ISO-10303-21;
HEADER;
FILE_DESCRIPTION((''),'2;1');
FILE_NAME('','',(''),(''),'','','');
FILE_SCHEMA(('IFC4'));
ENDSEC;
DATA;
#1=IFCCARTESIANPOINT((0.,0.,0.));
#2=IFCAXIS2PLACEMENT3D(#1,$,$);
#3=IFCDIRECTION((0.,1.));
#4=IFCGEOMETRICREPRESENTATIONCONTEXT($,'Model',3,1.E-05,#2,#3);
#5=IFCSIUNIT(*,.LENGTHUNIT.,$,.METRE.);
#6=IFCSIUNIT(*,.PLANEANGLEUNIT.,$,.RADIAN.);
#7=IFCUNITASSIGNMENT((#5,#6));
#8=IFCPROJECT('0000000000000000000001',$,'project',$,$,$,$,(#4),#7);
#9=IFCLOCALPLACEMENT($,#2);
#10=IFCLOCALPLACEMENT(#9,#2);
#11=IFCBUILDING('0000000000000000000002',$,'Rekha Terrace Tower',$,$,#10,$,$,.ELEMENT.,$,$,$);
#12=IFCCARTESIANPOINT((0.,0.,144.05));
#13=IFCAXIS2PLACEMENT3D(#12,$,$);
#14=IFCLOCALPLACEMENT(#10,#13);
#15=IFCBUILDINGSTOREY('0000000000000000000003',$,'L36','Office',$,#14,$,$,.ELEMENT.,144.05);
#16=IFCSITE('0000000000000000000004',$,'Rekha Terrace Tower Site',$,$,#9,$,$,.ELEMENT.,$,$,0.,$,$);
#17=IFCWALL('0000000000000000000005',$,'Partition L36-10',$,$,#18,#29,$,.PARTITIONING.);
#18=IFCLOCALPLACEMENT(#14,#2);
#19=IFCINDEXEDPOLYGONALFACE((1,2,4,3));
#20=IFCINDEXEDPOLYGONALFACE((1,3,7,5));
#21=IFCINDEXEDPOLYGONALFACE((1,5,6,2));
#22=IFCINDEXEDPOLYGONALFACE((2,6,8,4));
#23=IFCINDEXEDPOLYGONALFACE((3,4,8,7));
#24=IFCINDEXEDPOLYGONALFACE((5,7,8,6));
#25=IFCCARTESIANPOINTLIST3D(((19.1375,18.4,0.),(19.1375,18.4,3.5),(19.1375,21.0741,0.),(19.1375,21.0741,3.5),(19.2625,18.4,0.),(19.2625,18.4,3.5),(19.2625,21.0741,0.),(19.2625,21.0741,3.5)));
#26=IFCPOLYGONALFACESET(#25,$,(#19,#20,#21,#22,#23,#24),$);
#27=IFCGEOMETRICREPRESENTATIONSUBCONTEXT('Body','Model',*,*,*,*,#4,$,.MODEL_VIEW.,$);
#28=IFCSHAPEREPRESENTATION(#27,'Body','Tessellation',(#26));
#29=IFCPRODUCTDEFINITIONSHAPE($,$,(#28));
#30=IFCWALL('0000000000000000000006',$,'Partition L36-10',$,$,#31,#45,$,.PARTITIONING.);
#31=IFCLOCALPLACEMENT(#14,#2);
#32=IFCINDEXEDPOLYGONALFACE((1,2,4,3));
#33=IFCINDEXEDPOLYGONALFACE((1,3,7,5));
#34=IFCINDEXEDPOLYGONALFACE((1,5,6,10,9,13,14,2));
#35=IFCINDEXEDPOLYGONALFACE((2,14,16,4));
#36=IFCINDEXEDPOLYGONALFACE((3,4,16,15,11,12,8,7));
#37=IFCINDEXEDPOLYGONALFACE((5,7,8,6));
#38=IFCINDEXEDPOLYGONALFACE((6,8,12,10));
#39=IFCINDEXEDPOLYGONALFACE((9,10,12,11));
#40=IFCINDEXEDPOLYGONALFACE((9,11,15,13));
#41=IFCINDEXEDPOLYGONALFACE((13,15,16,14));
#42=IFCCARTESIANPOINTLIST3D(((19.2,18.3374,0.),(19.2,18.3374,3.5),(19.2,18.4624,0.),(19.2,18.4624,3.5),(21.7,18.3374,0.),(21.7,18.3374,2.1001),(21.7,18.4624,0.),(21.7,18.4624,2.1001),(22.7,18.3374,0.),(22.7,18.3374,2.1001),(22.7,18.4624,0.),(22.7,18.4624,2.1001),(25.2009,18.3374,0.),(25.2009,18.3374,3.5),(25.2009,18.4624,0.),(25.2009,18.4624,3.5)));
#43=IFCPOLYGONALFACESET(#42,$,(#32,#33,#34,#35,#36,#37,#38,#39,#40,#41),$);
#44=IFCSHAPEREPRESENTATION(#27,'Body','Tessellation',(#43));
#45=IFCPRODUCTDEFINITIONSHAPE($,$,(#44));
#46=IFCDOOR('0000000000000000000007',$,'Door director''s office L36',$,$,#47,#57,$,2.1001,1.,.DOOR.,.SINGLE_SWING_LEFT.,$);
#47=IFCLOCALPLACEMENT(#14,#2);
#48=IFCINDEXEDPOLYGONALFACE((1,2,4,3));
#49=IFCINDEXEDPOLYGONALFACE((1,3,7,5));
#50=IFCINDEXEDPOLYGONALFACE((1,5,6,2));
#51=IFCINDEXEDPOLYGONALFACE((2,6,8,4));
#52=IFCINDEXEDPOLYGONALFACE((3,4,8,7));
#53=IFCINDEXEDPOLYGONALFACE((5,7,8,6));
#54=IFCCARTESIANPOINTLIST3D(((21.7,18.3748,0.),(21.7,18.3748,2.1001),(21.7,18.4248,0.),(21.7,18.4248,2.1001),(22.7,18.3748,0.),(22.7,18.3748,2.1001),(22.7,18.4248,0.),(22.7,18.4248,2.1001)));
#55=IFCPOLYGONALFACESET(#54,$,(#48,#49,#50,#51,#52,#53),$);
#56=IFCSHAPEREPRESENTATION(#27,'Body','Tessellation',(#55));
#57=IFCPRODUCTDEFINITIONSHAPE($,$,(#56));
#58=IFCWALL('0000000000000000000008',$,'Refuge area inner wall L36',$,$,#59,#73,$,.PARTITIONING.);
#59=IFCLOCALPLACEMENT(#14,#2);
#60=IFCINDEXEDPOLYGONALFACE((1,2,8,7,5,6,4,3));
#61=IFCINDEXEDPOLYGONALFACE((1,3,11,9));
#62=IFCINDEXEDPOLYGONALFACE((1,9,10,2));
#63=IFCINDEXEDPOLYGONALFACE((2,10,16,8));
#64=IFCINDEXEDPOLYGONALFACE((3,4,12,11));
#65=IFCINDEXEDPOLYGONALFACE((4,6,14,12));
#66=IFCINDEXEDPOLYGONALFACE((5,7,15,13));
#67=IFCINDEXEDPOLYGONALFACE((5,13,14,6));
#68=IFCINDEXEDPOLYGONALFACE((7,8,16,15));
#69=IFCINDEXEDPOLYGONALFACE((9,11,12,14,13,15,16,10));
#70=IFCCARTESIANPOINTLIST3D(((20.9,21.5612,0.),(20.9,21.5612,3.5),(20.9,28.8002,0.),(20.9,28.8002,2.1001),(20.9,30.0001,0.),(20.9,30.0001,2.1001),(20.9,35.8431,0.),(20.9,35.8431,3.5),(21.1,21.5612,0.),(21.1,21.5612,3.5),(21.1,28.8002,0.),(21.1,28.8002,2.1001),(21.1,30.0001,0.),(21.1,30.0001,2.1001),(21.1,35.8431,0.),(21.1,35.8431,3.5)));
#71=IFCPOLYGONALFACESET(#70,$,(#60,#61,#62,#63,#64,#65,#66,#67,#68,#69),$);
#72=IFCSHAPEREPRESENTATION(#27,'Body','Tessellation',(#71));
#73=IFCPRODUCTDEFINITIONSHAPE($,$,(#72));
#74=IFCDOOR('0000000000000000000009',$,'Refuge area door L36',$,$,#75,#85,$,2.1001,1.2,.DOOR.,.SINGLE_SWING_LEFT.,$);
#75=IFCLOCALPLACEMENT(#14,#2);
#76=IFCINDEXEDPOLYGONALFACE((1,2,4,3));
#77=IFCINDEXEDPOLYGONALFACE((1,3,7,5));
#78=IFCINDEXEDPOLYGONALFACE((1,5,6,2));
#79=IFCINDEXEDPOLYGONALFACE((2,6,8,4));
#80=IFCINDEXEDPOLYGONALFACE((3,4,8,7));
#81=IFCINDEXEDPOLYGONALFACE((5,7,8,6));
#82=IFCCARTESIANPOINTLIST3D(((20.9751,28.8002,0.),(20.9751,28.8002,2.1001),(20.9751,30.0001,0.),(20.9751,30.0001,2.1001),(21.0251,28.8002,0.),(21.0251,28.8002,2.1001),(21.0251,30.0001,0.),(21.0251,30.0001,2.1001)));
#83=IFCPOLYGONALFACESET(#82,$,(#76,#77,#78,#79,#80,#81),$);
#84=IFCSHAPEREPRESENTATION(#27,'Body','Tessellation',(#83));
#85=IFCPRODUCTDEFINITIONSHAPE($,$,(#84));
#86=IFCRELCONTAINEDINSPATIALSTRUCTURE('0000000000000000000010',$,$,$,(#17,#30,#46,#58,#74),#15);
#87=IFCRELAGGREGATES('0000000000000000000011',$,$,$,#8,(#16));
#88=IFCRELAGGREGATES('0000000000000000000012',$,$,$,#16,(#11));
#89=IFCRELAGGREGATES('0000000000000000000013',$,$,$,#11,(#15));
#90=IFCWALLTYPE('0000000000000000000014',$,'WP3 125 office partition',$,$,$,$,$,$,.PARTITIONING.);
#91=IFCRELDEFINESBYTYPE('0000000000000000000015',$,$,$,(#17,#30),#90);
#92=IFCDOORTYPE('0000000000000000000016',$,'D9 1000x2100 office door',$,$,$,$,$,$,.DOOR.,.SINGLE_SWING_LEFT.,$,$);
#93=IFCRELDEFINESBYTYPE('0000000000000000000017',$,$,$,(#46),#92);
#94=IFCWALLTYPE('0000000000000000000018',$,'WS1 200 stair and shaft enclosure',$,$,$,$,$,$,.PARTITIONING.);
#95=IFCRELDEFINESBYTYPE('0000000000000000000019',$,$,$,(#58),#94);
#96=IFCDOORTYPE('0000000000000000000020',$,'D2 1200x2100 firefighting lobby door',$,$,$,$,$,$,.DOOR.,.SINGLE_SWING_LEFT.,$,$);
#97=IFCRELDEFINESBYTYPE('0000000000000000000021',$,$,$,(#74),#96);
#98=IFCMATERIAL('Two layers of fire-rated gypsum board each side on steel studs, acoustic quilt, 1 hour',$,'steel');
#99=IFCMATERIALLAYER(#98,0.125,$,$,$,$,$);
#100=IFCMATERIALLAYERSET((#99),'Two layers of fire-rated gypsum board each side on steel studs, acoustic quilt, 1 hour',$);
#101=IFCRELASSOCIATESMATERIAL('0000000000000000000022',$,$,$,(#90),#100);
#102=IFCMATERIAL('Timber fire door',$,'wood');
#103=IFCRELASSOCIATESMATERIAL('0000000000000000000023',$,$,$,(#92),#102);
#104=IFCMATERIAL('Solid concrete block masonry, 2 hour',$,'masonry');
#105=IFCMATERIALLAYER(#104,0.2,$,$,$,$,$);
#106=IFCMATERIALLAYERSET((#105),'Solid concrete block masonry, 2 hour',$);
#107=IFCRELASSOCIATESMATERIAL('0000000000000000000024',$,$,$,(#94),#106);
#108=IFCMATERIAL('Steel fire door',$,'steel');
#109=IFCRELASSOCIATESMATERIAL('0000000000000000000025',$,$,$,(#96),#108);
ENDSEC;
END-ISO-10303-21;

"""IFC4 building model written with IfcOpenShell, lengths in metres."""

from ifc_helpers import new_model, si_unit, direction, frame, frame_2d, origin, place, context, subcontext, project, spatial, rectangle, extrude, material, layer, layer_set, type_object, element, fill, save


model = new_model("IFC4")

# Units and contexts
model_context = context("Model", 3, precision=1e-05, world=origin(), true_north=direction((0.0, 1.0)))
body_context = subcontext(model_context, "Body", "Model", "MODEL_VIEW")
ifc_project = project(units=[si_unit("LENGTHUNIT", "METRE"), si_unit("PLANEANGLEUNIT", "RADIAN")], contexts=[model_context])

# Site, building, storey
site_placement = place(None, origin())
site = spatial("IfcSite", under=ifc_project, at=site_placement, Name="Rekha Terrace Tower Site", CompositionType="ELEMENT", RefElevation=0.0)
building_placement = place(site_placement, origin())
building = spatial("IfcBuilding", under=site, at=building_placement, Name="Rekha Terrace Tower", CompositionType="ELEMENT")
storey_placement = place(building_placement, frame((0.0, 0.0, 144.05)))
storey = spatial("IfcBuildingStorey", under=building, at=storey_placement, Name="L36", Description="Office", CompositionType="ELEMENT", Elevation=144.05)

# Wall
ifc_material_1 = material(Name="Two layers of fire-rated gypsum board each side on steel studs, acoustic quilt, 1 hour", Category="steel")
ifc_layer_1 = layer(ifc_material_1, 0.125)
ifc_layer_set_1 = layer_set([ifc_layer_1], Name="Two layers of fire-rated gypsum board each side on steel studs, acoustic quilt, 1 hour")
wall_type_1 = type_object("IfcWallType", Name="WP3 125 office partition", PredefinedType="PARTITIONING", material=ifc_layer_set_1)
wall_1_placement = place(storey_placement, frame((19.2, 21.074, 0.0), z_axis=(0.0, 0.0, 1.0), x_axis=(0.0, -1.0, 0.0)))
element("IfcWall", 1, at=wall_1_placement, inside=storey, type_object=wall_type_1, Name="Partition L36-10", PredefinedType="PARTITIONING", context=body_context, shape_type="SweptSolid", body=[
    extrude(rectangle(XDim=2.6741, YDim=0.125, at=frame_2d((1.3369, 0.0))), origin(), (0.0, 0.0, 1.0), 3.5),
])

# Walls, openings, doors
wall_2_placement = place(storey_placement, frame((19.2, 18.3999, 0.0), z_axis=(0.0, 0.0, 1.0), x_axis=(1.0, 0.0, 0.0)))
wall_2 = element("IfcWall", 2, at=wall_2_placement, inside=storey, type_object=wall_type_1, Name="Partition L36-10", PredefinedType="PARTITIONING", context=body_context, shape_type="SweptSolid", body=[
    extrude(rectangle(XDim=6.001, YDim=0.125, at=frame_2d((3.0005, 0.0))), origin(), (0.0, 0.0, 1.0), 3.5),
])
opening_1_placement = place(wall_2_placement, frame((2.5, 0.0, 0.0)))
opening_1 = element("IfcOpeningElement", 3, at=opening_1_placement, cuts=wall_2, PredefinedType="OPENING", context=body_context, shape_type="SweptSolid", body=[
    extrude(rectangle(XDim=1.0, YDim=2.1001, at=frame_2d((0.5, 1.05))), frame((0.0, 0.0725, 0.0), z_axis=(0.0, -1.0, 0.0), x_axis=(1.0, 0.0, 0.0)), (0.0, 0.0, 1.0), 0.145),
])
ifc_material_2 = material(Name="Timber fire door", Category="wood")
door_type_1 = type_object("IfcDoorType", Name="D9 1000x2100 office door", OperationType="SINGLE_SWING_LEFT", PredefinedType="DOOR", material=ifc_material_2)
door_1_placement = place(opening_1_placement, origin())
door_1 = element("IfcDoor", 4, at=door_1_placement, inside=storey, type_object=door_type_1, Name="Door director's office L36", OperationType="SINGLE_SWING_LEFT", OverallHeight=2.1001, OverallWidth=1.0, PredefinedType="DOOR", context=body_context, shape_type="SweptSolid", body=[
    extrude(rectangle(XDim=1.0, YDim=2.1001, at=frame_2d((0.5, 1.05))), frame((0.0, 0.0249, 0.0), z_axis=(0.0, -1.0, 0.0), x_axis=(1.0, 0.0, 0.0)), (0.0, 0.0, 1.0), 0.05),
])
fill(opening_1, door_1)
ifc_material_3 = material(Name="Solid concrete block masonry, 2 hour", Category="masonry")
ifc_layer_2 = layer(ifc_material_3, 0.2)
ifc_layer_set_2 = layer_set([ifc_layer_2], Name="Solid concrete block masonry, 2 hour")
wall_type_2 = type_object("IfcWallType", Name="WS1 200 stair and shaft enclosure", PredefinedType="PARTITIONING", material=ifc_layer_set_2)
wall_3_placement = place(storey_placement, frame((21.0, 21.561, 0.0), z_axis=(0.0, 0.0, 1.0), x_axis=(0.0, 1.0, 0.0)))
wall_3 = element("IfcWall", 5, at=wall_3_placement, inside=storey, type_object=wall_type_2, Name="Refuge area inner wall L36", PredefinedType="PARTITIONING", context=body_context, shape_type="SweptSolid", body=[
    extrude(rectangle(XDim=14.282, YDim=0.2, at=frame_2d((7.1411, 0.0))), origin(), (0.0, 0.0, 1.0), 3.5),
])
opening_2_placement = place(wall_3_placement, frame((7.239, 0.0, 0.0)))
opening_2 = element("IfcOpeningElement", 6, at=opening_2_placement, cuts=wall_3, PredefinedType="OPENING", context=body_context, shape_type="SweptSolid", body=[
    extrude(rectangle(XDim=1.2, YDim=2.1001, at=frame_2d((0.6001, 1.05))), frame((0.0, 0.1099, 0.0), z_axis=(0.0, -1.0, 0.0), x_axis=(1.0, 0.0, 0.0)), (0.0, 0.0, 1.0), 0.22),
])
ifc_material_4 = material(Name="Steel fire door", Category="steel")
door_type_2 = type_object("IfcDoorType", Name="D2 1200x2100 firefighting lobby door", OperationType="SINGLE_SWING_LEFT", PredefinedType="DOOR", material=ifc_material_4)
door_2_placement = place(opening_2_placement, origin())
door_2 = element("IfcDoor", 7, at=door_2_placement, inside=storey, type_object=door_type_2, Name="Refuge area door L36", OperationType="SINGLE_SWING_LEFT", OverallHeight=2.1001, OverallWidth=1.2, PredefinedType="DOOR", context=body_context, shape_type="SweptSolid", body=[
    extrude(rectangle(XDim=1.2, YDim=2.1001, at=frame_2d((0.6001, 1.05))), frame((0.0, 0.0249, 0.0), z_axis=(0.0, -1.0, 0.0), x_axis=(1.0, 0.0, 0.0)), (0.0, 0.0, 1.0), 0.05),
])
fill(opening_2, door_2)

save(model, "model.ifc")
